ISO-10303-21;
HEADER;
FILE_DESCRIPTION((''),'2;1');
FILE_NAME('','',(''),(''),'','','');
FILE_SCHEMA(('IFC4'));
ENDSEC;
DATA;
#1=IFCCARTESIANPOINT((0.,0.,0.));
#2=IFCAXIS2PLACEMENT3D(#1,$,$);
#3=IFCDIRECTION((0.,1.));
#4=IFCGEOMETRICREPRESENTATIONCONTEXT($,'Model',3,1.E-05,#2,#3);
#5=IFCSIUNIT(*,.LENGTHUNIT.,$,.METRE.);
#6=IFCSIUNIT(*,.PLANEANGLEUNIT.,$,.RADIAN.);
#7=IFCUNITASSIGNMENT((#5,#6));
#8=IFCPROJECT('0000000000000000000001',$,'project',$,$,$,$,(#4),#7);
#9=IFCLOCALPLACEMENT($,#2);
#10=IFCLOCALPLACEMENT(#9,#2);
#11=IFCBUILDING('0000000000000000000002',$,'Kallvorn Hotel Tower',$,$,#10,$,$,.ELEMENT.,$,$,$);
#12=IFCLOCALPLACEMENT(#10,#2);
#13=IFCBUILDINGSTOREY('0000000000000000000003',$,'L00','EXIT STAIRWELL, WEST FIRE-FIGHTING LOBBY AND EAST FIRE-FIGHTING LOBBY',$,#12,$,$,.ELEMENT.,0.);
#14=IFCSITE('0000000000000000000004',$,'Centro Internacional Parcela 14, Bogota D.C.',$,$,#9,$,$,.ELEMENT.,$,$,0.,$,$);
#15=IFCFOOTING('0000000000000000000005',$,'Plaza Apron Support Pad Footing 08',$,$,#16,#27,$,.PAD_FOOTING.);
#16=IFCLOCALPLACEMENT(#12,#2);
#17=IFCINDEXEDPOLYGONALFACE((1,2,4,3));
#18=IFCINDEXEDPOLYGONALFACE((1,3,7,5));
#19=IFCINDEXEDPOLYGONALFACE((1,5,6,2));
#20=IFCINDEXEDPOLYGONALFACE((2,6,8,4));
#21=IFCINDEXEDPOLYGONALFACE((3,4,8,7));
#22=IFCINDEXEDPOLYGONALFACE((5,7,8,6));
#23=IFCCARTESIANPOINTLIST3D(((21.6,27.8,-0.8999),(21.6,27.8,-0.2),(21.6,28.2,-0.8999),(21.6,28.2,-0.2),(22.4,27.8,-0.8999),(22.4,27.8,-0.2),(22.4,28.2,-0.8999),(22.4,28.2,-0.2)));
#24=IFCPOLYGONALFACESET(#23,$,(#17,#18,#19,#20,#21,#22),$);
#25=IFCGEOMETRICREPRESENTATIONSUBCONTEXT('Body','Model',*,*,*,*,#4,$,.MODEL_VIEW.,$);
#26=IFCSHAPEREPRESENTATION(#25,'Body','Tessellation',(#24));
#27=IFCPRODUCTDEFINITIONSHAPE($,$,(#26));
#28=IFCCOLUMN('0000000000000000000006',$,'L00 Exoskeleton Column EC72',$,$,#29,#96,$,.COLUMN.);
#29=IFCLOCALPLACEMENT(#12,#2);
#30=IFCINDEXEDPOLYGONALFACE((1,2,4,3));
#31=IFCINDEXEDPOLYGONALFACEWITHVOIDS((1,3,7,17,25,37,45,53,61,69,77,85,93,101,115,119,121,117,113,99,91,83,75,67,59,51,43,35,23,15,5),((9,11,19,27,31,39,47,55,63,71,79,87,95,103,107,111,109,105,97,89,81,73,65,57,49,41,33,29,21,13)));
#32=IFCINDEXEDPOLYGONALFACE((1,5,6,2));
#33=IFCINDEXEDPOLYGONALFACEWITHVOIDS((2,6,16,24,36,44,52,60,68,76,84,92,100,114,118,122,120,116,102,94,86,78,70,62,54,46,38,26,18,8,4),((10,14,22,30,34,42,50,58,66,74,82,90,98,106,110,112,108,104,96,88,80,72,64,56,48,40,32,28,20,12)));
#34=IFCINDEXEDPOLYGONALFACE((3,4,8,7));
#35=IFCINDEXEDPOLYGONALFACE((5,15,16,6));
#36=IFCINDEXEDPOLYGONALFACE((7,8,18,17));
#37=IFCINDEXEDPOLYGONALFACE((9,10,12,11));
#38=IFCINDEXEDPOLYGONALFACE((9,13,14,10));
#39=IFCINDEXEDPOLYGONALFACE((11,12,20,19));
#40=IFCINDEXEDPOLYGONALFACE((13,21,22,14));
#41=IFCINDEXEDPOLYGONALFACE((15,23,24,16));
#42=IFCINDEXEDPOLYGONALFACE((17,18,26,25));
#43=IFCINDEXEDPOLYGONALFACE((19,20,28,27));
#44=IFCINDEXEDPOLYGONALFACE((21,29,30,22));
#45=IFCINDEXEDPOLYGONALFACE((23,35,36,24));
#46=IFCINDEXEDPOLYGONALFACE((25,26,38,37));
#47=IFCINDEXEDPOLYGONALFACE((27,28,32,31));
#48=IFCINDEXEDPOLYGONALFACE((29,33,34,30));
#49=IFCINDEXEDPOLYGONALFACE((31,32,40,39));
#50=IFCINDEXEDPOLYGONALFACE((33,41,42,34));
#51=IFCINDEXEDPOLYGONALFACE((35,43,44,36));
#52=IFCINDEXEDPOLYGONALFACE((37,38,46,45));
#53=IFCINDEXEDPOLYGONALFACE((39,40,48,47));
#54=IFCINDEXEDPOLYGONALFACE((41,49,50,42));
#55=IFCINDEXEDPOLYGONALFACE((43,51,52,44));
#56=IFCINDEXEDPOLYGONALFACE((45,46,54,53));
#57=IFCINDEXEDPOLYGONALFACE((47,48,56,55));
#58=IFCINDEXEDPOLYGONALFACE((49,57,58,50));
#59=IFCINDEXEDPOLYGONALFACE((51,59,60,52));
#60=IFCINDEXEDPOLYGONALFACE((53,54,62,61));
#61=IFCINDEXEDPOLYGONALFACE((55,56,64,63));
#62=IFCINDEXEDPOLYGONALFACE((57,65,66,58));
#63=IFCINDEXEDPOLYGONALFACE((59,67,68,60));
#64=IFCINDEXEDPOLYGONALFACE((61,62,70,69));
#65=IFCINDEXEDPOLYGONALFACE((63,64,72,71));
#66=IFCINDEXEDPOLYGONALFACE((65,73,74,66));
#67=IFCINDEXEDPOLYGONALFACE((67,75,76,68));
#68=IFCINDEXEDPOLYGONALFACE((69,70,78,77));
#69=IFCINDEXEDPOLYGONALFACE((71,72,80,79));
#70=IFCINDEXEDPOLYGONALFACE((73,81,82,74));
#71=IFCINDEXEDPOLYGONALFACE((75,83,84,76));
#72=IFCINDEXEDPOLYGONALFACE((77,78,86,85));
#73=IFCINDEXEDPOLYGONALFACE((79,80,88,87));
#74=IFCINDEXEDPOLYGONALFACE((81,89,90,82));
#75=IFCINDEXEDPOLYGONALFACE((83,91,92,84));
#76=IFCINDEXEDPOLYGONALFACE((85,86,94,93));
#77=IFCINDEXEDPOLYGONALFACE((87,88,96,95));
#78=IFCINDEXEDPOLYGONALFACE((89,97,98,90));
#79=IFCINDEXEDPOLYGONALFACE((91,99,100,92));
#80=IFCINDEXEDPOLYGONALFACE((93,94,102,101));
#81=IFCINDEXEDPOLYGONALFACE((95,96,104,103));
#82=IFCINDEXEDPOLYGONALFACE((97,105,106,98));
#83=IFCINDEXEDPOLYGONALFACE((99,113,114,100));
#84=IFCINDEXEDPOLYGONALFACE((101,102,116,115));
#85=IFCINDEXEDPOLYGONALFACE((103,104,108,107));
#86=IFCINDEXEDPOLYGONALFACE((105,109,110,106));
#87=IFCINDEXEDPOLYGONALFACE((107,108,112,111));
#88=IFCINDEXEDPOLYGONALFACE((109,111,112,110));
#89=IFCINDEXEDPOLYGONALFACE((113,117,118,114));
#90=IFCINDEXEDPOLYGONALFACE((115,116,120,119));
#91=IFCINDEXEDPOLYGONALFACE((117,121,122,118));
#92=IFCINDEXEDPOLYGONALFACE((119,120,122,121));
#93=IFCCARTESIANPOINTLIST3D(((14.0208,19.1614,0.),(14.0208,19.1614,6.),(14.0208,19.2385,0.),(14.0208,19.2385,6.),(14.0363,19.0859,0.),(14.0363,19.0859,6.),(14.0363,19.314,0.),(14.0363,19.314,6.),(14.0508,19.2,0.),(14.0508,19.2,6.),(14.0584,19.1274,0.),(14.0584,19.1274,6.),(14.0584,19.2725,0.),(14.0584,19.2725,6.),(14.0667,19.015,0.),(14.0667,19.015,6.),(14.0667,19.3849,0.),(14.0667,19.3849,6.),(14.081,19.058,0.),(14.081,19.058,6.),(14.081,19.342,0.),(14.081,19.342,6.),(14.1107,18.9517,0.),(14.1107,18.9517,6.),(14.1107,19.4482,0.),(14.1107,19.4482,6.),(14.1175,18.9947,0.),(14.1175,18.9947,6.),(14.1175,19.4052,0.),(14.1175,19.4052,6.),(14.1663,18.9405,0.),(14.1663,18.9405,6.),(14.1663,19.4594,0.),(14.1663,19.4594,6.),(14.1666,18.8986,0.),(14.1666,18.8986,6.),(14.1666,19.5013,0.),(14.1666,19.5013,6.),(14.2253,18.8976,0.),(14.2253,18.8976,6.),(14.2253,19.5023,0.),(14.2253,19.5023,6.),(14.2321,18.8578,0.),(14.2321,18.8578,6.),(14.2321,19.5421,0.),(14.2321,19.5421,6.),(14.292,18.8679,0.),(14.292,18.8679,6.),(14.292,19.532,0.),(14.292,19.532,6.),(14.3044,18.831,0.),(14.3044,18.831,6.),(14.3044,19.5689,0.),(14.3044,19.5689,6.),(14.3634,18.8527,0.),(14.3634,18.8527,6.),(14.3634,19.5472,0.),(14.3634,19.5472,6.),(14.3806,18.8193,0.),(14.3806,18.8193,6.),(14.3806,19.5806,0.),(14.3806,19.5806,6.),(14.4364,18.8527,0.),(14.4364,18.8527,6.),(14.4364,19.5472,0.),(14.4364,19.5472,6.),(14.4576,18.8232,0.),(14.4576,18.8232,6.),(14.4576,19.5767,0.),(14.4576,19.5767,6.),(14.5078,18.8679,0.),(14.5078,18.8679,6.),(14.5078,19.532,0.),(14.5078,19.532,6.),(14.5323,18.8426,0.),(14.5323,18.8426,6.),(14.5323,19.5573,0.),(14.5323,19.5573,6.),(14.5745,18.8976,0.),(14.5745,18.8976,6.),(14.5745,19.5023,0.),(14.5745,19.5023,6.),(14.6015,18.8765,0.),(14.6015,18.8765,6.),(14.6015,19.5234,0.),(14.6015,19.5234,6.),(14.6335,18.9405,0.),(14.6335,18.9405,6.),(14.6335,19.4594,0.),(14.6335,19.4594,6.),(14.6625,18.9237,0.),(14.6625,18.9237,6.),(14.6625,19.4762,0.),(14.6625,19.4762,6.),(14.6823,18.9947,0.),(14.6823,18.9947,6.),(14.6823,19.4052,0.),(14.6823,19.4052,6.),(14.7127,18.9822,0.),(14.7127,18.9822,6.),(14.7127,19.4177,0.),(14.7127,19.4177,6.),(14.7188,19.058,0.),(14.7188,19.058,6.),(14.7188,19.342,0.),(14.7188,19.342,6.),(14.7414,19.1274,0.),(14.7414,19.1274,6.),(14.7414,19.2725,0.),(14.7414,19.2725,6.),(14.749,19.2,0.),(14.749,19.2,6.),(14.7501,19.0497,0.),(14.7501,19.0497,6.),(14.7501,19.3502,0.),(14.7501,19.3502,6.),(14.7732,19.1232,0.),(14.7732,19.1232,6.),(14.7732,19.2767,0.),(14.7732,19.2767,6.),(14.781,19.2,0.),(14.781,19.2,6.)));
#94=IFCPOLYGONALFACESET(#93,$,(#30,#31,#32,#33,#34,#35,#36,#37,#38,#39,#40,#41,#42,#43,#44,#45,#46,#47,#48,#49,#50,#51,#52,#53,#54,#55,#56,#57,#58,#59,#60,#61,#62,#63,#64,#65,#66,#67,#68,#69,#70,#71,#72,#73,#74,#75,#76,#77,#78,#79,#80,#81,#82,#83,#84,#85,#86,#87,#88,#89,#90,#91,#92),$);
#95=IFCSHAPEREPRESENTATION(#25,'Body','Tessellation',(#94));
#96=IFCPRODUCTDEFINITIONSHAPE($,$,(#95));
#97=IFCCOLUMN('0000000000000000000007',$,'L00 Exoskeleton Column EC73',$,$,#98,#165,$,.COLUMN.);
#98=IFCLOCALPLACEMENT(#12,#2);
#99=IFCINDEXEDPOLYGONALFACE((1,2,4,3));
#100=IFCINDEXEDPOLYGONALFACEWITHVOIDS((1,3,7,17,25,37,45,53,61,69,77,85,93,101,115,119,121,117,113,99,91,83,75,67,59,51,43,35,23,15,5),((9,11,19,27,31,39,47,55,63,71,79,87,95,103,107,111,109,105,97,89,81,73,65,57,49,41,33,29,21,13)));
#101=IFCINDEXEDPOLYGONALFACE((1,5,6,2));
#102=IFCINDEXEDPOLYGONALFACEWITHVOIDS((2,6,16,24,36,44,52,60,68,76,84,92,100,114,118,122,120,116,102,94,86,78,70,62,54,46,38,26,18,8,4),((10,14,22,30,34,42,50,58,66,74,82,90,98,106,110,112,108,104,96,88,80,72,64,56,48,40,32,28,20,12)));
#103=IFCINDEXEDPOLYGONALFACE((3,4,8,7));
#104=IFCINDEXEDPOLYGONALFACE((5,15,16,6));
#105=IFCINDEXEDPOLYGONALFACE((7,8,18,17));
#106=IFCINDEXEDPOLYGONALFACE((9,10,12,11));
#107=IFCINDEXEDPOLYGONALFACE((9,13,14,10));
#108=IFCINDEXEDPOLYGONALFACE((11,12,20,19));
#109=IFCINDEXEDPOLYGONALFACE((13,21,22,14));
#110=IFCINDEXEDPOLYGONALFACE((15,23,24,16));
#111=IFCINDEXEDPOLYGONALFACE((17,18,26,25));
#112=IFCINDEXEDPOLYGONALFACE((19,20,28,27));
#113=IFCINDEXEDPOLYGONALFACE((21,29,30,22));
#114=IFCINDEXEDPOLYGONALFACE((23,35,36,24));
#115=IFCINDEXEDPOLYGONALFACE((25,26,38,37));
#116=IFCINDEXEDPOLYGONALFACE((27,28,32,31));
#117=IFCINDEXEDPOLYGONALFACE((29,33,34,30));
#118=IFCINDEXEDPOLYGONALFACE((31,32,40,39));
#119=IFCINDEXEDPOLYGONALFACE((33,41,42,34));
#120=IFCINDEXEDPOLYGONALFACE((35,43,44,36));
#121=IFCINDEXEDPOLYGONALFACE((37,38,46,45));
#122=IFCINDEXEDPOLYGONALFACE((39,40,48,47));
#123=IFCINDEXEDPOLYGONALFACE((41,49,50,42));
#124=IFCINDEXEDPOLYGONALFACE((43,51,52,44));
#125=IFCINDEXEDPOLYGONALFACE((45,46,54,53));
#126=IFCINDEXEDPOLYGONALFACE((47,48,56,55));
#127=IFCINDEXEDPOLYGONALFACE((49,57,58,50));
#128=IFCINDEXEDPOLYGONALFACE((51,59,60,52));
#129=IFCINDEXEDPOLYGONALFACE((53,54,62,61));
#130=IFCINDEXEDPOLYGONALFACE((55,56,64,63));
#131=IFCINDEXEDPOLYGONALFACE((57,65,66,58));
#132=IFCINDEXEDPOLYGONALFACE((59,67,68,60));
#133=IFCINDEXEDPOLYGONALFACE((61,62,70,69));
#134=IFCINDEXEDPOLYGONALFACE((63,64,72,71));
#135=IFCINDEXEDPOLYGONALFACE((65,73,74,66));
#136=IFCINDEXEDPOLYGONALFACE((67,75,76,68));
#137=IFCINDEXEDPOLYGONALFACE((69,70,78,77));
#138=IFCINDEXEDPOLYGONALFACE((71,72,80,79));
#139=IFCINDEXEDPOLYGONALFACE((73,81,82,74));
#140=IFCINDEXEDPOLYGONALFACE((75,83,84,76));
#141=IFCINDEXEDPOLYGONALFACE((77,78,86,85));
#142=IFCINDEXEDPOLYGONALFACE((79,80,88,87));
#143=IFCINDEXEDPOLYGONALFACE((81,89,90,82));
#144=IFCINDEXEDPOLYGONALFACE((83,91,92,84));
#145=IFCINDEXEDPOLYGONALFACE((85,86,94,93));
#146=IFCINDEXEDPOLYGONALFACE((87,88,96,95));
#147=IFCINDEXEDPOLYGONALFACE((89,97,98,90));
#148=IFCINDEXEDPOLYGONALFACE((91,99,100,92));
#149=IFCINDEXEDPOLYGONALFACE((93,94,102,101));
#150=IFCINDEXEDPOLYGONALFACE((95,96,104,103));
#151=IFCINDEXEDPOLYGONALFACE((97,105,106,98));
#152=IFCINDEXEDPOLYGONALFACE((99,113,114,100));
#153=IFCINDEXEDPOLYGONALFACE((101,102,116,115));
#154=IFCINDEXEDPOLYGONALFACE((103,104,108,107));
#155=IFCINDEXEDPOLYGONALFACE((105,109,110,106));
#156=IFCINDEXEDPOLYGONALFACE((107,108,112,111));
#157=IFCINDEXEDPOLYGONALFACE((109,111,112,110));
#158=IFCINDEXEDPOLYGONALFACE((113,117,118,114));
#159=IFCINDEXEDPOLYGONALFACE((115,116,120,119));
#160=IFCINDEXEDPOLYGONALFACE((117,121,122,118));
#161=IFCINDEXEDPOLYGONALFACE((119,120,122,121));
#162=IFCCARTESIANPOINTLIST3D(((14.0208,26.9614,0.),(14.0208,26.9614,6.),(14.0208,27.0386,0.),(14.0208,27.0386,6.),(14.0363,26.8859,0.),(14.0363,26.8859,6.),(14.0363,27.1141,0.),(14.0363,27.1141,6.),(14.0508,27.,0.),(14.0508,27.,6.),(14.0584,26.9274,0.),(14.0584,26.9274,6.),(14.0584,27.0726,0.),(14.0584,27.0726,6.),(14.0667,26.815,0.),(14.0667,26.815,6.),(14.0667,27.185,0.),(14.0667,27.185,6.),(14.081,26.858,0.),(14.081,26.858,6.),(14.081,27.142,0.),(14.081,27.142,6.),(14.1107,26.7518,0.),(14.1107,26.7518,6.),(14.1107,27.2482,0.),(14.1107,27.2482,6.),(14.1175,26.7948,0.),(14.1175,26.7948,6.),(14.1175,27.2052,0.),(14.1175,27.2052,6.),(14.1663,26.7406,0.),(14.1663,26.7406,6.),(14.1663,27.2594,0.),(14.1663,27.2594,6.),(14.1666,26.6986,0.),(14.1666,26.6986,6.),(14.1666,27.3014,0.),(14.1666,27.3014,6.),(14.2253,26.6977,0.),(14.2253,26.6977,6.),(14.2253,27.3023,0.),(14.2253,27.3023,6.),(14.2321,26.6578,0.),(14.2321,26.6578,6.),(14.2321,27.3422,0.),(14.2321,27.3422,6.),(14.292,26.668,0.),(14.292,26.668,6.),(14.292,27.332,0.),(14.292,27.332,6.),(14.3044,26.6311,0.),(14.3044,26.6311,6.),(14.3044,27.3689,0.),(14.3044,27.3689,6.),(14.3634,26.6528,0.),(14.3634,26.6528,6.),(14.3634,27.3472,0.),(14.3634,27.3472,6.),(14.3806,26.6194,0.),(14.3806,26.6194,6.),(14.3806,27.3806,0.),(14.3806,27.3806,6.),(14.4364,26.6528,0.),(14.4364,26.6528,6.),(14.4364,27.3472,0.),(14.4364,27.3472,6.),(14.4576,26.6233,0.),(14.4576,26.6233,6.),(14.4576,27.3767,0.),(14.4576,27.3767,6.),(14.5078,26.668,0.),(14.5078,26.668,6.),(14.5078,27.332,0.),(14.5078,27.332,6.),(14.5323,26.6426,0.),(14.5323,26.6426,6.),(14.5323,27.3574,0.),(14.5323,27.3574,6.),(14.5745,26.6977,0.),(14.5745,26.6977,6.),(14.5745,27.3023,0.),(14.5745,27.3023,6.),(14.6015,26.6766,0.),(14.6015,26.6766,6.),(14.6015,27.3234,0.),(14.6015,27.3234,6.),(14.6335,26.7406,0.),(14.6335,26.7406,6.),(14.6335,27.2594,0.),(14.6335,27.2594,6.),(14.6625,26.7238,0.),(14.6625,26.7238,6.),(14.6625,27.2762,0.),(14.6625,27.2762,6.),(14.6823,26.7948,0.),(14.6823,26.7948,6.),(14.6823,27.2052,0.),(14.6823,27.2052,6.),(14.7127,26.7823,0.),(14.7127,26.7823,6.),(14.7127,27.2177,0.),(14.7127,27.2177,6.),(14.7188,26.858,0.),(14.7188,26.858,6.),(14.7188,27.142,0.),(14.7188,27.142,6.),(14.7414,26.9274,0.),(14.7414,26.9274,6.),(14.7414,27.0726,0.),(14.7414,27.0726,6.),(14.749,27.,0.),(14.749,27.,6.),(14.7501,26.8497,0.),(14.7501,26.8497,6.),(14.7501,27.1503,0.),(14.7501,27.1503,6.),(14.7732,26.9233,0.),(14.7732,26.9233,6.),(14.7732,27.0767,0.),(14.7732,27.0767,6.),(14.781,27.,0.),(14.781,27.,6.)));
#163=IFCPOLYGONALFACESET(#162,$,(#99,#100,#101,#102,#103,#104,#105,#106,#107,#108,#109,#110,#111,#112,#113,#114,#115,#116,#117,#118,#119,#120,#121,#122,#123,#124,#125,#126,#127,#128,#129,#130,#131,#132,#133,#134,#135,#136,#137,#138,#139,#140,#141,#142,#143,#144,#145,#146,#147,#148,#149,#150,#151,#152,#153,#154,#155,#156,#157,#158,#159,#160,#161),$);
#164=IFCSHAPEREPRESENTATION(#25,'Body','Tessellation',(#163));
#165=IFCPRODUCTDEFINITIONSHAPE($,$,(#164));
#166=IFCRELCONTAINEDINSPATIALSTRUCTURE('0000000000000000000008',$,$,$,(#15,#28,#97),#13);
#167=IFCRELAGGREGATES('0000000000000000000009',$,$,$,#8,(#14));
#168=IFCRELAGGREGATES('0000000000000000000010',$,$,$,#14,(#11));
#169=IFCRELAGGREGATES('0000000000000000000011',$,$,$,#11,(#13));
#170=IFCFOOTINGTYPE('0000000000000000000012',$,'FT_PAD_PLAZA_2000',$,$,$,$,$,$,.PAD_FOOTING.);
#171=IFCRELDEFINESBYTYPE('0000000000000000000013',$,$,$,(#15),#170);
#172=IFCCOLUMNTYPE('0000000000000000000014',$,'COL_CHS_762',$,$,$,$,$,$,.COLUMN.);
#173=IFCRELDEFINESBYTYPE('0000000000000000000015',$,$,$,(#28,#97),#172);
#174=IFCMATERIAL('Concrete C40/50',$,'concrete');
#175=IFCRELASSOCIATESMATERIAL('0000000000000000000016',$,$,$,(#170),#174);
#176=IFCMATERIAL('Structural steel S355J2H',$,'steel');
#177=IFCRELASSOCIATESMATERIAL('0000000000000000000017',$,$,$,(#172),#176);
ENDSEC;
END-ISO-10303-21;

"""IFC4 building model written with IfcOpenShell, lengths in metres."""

from ifc_helpers import new_model, si_unit, direction, frame, origin, origin_2d, place, context, subcontext, project, spatial, rectangle, hollow_circle, extrude, material, material_profile, profile_set, type_object, element, save


model = new_model("IFC4")

# Units and contexts
model_context = context("Model", 3, precision=1e-05, world=origin(), true_north=direction((0.0, 1.0)))
body_context = subcontext(model_context, "Body", "Model", "MODEL_VIEW")
ifc_project = project(units=[si_unit("LENGTHUNIT", "METRE"), si_unit("PLANEANGLEUNIT", "RADIAN")], contexts=[model_context])

# Site, building, storey
site_placement = place(None, origin())
site = spatial("IfcSite", under=ifc_project, at=site_placement, Name="Centro Internacional Parcela 14, Bogota D.C.", CompositionType="ELEMENT", RefElevation=0.0)
building_placement = place(site_placement, origin())
building = spatial("IfcBuilding", under=site, at=building_placement, Name="Kallvorn Hotel Tower", CompositionType="ELEMENT")
storey_placement = place(building_placement, origin())
storey = spatial("IfcBuildingStorey", under=building, at=storey_placement, Name="L00", Description="EXIT STAIRWELL, WEST FIRE-FIGHTING LOBBY AND EAST FIRE-FIGHTING LOBBY", CompositionType="ELEMENT", Elevation=0.0)

# Footing
ifc_material_1 = material(Name="Concrete C40/50", Category="concrete")
footing_type = type_object("IfcFootingType", Name="FT_PAD_PLAZA_2000", PredefinedType="PAD_FOOTING", material=ifc_material_1)
footing_placement = place(storey_placement, frame((22.0, 28.0, -0.8999), z_axis=(0.0, 0.0, 1.0), x_axis=(1.0, 0.0, 0.0)))
element("IfcFooting", 1, at=footing_placement, inside=storey, type_object=footing_type, Name="Plaza Apron Support Pad Footing 08", PredefinedType="PAD_FOOTING", context=body_context, shape_type="SweptSolid", body=[
    extrude(rectangle(XDim=0.8, YDim=0.3999, at=origin_2d()), origin(), (0.0, 0.0, 1.0), 0.7),
])

# Columns
ifc_material_2 = material(Name="Structural steel S355J2H", Category="steel")
ifc_material_profile_1 = material_profile(ifc_material_2, hollow_circle(Radius=0.3811, WallThickness=0.032, at=origin_2d()), Name="CHS 762x32")
ifc_profile_set_1 = profile_set([ifc_material_profile_1], Name="Structural steel S355J2H")
column_type = type_object("IfcColumnType", Name="COL_CHS_762", PredefinedType="COLUMN", material=ifc_profile_set_1)
for number, where, z_axis, x_axis, name in (
    (2, (14.3999, 19.2, 0.0), (0.0, 0.0, 1.0), (1.0, 0.0, 0.0), "L00 Exoskeleton Column EC72"),
    (3, (14.3999, 27.0, 0.0), (0.0, 0.0, 1.0), (1.0, 0.0, 0.0), "L00 Exoskeleton Column EC73"),
):
    element("IfcColumn", number, at=place(storey_placement, frame(where, z_axis=z_axis, x_axis=x_axis)), inside=storey, type_object=column_type, Name=name, PredefinedType="COLUMN", context=body_context, shape_type="SweptSolid", body=[
        extrude(hollow_circle(Radius=0.3811, WallThickness=0.032, at=origin_2d()), origin(), (0.0, 0.0, 1.0), 6.0),
    ])

save(model, "model.ifc")
